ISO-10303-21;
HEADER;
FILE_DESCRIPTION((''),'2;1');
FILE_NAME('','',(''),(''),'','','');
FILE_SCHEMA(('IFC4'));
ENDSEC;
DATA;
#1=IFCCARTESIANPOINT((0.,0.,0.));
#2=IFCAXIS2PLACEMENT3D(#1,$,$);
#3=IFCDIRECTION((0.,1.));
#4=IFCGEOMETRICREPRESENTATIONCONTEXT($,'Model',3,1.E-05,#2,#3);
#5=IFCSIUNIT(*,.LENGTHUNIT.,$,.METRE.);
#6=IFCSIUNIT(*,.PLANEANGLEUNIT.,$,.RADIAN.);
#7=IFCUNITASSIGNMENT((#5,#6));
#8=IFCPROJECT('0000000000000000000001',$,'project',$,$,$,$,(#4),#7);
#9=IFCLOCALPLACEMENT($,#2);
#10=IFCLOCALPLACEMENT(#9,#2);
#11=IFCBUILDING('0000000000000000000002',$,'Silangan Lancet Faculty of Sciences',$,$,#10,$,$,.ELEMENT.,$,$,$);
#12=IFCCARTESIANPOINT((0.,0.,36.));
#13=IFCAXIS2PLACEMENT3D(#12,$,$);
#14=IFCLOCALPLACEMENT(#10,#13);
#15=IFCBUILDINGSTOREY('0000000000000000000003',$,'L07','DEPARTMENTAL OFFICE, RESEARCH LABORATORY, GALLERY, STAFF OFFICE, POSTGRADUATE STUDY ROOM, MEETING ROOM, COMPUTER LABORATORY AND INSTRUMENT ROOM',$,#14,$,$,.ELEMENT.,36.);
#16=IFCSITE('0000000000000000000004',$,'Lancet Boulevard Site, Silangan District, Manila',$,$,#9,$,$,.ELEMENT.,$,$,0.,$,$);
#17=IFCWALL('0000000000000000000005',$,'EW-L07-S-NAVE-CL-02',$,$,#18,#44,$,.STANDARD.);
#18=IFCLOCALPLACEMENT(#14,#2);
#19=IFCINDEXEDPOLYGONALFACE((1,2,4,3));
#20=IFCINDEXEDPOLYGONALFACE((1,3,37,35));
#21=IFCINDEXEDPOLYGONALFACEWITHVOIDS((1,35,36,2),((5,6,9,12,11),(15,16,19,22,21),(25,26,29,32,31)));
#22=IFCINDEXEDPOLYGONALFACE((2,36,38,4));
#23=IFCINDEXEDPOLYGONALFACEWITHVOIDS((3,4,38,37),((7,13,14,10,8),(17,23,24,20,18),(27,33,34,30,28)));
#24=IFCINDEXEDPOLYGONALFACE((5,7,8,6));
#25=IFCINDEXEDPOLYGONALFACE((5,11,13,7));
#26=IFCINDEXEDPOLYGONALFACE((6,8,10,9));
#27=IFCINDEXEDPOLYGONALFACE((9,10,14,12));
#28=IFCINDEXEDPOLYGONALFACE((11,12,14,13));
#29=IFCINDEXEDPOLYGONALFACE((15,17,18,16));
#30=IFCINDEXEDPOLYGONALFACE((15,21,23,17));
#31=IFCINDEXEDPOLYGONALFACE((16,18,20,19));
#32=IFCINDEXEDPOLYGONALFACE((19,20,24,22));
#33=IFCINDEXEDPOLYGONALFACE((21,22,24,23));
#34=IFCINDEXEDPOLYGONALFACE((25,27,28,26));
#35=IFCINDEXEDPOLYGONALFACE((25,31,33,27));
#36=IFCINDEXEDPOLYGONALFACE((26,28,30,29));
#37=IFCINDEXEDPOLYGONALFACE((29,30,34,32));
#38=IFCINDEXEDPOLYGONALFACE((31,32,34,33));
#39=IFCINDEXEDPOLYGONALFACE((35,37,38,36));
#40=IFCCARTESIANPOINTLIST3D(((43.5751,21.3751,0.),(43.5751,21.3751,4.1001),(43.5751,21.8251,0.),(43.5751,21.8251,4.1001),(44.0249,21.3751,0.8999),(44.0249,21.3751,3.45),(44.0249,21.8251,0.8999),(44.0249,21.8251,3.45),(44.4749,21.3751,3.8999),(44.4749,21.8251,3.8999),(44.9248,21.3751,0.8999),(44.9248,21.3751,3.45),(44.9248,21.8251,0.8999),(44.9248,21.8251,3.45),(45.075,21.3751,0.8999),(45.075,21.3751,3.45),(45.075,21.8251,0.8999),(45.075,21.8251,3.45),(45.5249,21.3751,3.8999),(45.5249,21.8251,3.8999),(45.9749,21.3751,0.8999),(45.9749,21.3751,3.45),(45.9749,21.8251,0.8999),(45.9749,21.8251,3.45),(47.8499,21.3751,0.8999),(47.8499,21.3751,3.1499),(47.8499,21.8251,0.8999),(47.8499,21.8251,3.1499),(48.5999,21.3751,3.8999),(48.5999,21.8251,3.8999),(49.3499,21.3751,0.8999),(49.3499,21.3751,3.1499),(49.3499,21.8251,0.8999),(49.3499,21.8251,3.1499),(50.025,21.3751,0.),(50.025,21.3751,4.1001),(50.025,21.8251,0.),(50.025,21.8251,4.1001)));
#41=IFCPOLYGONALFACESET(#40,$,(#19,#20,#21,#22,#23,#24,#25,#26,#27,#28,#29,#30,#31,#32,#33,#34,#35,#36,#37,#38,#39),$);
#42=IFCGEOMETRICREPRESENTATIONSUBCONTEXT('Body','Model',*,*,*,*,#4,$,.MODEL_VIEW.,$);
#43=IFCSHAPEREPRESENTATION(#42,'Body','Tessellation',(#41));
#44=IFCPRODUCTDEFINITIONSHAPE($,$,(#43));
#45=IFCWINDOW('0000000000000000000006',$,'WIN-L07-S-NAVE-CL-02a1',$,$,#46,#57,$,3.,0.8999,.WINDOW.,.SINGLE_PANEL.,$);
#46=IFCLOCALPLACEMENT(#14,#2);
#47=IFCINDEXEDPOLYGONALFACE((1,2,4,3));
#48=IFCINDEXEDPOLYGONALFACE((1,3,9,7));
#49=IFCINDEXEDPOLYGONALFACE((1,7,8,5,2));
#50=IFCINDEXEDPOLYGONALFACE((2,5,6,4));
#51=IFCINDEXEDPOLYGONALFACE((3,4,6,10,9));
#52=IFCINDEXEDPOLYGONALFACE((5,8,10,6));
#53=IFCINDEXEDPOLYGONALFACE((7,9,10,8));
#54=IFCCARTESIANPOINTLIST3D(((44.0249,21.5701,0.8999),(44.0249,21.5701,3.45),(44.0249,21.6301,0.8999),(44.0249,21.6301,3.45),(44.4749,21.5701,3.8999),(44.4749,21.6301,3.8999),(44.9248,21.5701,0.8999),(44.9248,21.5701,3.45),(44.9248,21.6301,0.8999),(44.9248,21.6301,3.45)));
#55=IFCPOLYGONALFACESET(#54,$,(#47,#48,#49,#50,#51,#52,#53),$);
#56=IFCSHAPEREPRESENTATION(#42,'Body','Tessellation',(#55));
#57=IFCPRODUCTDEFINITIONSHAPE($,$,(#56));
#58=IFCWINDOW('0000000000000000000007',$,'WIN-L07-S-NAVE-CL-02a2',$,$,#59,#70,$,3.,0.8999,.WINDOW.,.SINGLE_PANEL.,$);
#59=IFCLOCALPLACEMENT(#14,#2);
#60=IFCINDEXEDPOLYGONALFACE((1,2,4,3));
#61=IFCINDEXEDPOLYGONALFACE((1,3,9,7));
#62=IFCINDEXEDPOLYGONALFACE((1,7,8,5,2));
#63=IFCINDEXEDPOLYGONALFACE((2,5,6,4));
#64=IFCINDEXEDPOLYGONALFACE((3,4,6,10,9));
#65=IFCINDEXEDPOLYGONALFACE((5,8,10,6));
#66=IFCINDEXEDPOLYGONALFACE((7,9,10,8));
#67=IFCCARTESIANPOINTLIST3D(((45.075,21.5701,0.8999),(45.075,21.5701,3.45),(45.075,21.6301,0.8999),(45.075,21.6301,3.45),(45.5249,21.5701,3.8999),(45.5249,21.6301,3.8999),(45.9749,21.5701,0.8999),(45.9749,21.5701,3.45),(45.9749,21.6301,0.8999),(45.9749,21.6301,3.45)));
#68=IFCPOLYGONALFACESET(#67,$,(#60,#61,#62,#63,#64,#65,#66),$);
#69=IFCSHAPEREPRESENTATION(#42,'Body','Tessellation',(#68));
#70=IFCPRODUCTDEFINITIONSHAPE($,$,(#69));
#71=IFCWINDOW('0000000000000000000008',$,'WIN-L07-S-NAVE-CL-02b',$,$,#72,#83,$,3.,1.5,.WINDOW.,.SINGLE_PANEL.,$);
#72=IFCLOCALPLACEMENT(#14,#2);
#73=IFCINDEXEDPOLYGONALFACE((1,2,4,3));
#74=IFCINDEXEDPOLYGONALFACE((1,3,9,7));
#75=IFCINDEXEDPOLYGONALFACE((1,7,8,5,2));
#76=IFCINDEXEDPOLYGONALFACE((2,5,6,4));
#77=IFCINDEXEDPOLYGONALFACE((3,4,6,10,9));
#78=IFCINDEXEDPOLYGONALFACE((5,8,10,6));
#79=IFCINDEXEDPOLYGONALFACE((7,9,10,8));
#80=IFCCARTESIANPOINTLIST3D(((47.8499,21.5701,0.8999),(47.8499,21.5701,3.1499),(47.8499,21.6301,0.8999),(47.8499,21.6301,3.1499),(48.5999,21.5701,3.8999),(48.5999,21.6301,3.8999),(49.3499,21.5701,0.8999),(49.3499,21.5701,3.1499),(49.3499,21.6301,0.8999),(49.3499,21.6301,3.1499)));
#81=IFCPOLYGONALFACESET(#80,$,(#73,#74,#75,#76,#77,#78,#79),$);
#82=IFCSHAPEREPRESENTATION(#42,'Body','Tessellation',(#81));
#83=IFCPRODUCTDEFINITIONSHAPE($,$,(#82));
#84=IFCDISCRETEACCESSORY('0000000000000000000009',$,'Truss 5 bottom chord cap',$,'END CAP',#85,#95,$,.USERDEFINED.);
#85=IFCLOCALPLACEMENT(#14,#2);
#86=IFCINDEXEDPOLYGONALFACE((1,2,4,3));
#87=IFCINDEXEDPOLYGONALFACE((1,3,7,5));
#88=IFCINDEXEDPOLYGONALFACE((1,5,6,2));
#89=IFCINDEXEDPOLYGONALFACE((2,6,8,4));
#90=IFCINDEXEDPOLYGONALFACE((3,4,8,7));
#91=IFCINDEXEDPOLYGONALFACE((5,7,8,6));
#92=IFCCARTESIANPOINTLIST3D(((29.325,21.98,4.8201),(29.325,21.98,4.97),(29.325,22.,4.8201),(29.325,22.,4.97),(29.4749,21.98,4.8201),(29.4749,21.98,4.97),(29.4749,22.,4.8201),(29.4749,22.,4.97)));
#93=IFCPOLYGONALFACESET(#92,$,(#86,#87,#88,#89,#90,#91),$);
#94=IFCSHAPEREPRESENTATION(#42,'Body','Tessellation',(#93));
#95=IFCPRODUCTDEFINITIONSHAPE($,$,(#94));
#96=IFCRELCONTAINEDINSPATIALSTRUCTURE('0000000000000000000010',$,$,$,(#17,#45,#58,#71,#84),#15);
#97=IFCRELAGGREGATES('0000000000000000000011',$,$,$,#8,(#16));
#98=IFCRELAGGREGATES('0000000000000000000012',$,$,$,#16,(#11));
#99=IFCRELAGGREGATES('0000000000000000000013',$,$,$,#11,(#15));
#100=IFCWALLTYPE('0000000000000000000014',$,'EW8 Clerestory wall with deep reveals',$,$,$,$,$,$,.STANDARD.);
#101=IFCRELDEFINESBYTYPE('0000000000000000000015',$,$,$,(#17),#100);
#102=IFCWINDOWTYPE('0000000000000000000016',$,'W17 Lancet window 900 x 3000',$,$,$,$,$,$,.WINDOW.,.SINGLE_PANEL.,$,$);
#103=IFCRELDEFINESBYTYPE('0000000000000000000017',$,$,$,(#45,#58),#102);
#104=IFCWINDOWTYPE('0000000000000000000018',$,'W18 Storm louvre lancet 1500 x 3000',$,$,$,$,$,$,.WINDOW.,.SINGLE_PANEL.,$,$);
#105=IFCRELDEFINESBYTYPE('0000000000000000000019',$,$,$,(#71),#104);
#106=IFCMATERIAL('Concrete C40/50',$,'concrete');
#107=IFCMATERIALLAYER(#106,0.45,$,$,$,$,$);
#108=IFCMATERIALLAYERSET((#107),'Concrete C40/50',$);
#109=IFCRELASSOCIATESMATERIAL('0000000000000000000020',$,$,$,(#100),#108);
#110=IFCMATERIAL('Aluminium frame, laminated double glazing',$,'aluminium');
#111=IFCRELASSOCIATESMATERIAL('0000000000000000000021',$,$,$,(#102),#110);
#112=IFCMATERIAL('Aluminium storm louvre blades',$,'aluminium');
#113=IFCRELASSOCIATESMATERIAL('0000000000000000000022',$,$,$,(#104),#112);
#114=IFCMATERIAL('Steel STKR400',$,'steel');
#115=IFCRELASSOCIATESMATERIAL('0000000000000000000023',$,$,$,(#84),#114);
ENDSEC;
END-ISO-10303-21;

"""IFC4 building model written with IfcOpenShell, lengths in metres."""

from ifc_helpers import new_model, si_unit, direction, frame, frame_2d, origin, origin_2d, place, context, subcontext, project, spatial, polyline, rectangle, outline, extrude, material, layer, layer_set, type_object, element, fill, save


model = new_model("IFC4")

# Units and contexts
model_context = context("Model", 3, precision=1e-05, world=origin(), true_north=direction((0.0, 1.0)))
body_context = subcontext(model_context, "Body", "Model", "MODEL_VIEW")
ifc_project = project(units=[si_unit("LENGTHUNIT", "METRE"), si_unit("PLANEANGLEUNIT", "RADIAN")], contexts=[model_context])

# Site, building, storey
site_placement = place(None, origin())
site = spatial("IfcSite", under=ifc_project, at=site_placement, Name="Lancet Boulevard Site, Silangan District, Manila", CompositionType="ELEMENT", RefElevation=0.0)
building_placement = place(site_placement, origin())
building = spatial("IfcBuilding", under=site, at=building_placement, Name="Silangan Lancet Faculty of Sciences", CompositionType="ELEMENT")
storey_placement = place(building_placement, frame((0.0, 0.0, 36.0)))
storey = spatial("IfcBuildingStorey", under=building, at=storey_placement, Name="L07", Description="DEPARTMENTAL OFFICE, RESEARCH LABORATORY, GALLERY, STAFF OFFICE, POSTGRADUATE STUDY ROOM, MEETING ROOM, COMPUTER LABORATORY AND INSTRUMENT ROOM", CompositionType="ELEMENT", Elevation=36.0)

# Wall, openings, windows
ifc_material_1 = material(Name="Concrete C40/50", Category="concrete")
ifc_layer = layer(ifc_material_1, 0.45)
ifc_layer_set = layer_set([ifc_layer], Name="Concrete C40/50")
wall_type = type_object("IfcWallType", Name="EW8 Clerestory wall with deep reveals", PredefinedType="STANDARD", material=ifc_layer_set)
ifc_material_2 = material(Name="Aluminium frame, laminated double glazing", Category="aluminium")
window_type_1 = type_object("IfcWindowType", Name="W17 Lancet window 900 x 3000", PartitioningType="SINGLE_PANEL", PredefinedType="WINDOW", material=ifc_material_2)
ifc_material_3 = material(Name="Aluminium storm louvre blades", Category="aluminium")
window_type_2 = type_object("IfcWindowType", Name="W18 Storm louvre lancet 1500 x 3000", PartitioningType="SINGLE_PANEL", PredefinedType="WINDOW", material=ifc_material_3)
wall_1_placement = place(storey_placement, frame((43.575, 21.6001, 0.0), z_axis=(0.0, 0.0, 1.0), x_axis=(1.0, 0.0, 0.0)))
wall_1 = element("IfcWall", 1, at=wall_1_placement, inside=storey, type_object=wall_type, Name="EW-L07-S-NAVE-CL-02", PredefinedType="STANDARD", context=body_context, shape_type="SweptSolid", body=[
    extrude(rectangle(XDim=6.45, YDim=0.45, at=frame_2d((3.2251, 0.0))), origin(), (0.0, 0.0, 1.0), 4.1001),
])
opening_1_placement = place(wall_1_placement, frame((0.45, 0.0, 0.8999)))
opening_1 = element("IfcOpeningElement", 2, at=opening_1_placement, cuts=wall_1, PredefinedType="OPENING", context=body_context, shape_type="SweptSolid", body=[
    extrude(outline(polyline([(0.0, 0.0), (0.8999, 0.0), (0.8999, 2.55), (0.45, 3.0), (0.0, 2.55), (0.0, 0.0)])), frame((0.0, 0.2349, 0.0), z_axis=(0.0, -1.0, 0.0), x_axis=(1.0, 0.0, 0.0)), (0.0, 0.0, 1.0), 0.47),
])
opening_2_placement = place(wall_1_placement, frame((1.5, 0.0, 0.8999)))
opening_2 = element("IfcOpeningElement", 3, at=opening_2_placement, cuts=wall_1, PredefinedType="OPENING", context=body_context, shape_type="SweptSolid", body=[
    extrude(outline(polyline([(0.0, 0.0), (0.8999, 0.0), (0.8999, 2.55), (0.45, 3.0), (0.0, 2.55), (0.0, 0.0)])), frame((0.0, 0.2349, 0.0), z_axis=(0.0, -1.0, 0.0), x_axis=(1.0, 0.0, 0.0)), (0.0, 0.0, 1.0), 0.47),
])
opening_3_placement = place(wall_1_placement, frame((4.2749, 0.0, 0.8999)))
opening_3 = element("IfcOpeningElement", 4, at=opening_3_placement, cuts=wall_1, PredefinedType="OPENING", context=body_context, shape_type="SweptSolid", body=[
    extrude(outline(polyline([(0.0, 0.0), (1.5, 0.0), (1.5, 2.25), (0.75, 3.0), (0.0, 2.25), (0.0, 0.0)])), frame((0.0, 0.2349, 0.0), z_axis=(0.0, -1.0, 0.0), x_axis=(1.0, 0.0, 0.0)), (0.0, 0.0, 1.0), 0.47),
])
window_1_placement = place(opening_1_placement, origin())
window_1 = element("IfcWindow", 5, at=window_1_placement, inside=storey, type_object=window_type_1, Name="WIN-L07-S-NAVE-CL-02a1", OverallHeight=3.0, OverallWidth=0.8999, PartitioningType="SINGLE_PANEL", PredefinedType="WINDOW", context=body_context, shape_type="SweptSolid", body=[
    extrude(outline(polyline([(0.0, 0.0), (0.8999, 0.0), (0.8999, 2.55), (0.45, 3.0), (0.0, 2.55), (0.0, 0.0)])), frame((0.0, 0.03, 0.0), z_axis=(0.0, -1.0, 0.0), x_axis=(1.0, 0.0, 0.0)), (0.0, 0.0, 1.0), 0.0601),
])
fill(opening_1, window_1)
window_2_placement = place(opening_2_placement, origin())
window_2 = element("IfcWindow", 6, at=window_2_placement, inside=storey, type_object=window_type_1, Name="WIN-L07-S-NAVE-CL-02a2", OverallHeight=3.0, OverallWidth=0.8999, PartitioningType="SINGLE_PANEL", PredefinedType="WINDOW", context=body_context, shape_type="SweptSolid", body=[
    extrude(outline(polyline([(0.0, 0.0), (0.8999, 0.0), (0.8999, 2.55), (0.45, 3.0), (0.0, 2.55), (0.0, 0.0)])), frame((0.0, 0.03, 0.0), z_axis=(0.0, -1.0, 0.0), x_axis=(1.0, 0.0, 0.0)), (0.0, 0.0, 1.0), 0.0601),
])
fill(opening_2, window_2)
window_3_placement = place(opening_3_placement, origin())
window_3 = element("IfcWindow", 7, at=window_3_placement, inside=storey, type_object=window_type_2, Name="WIN-L07-S-NAVE-CL-02b", OverallHeight=3.0, OverallWidth=1.5, PartitioningType="SINGLE_PANEL", PredefinedType="WINDOW", context=body_context, shape_type="SweptSolid", body=[
    extrude(outline(polyline([(0.0, 0.0), (1.5, 0.0), (1.5, 2.25), (0.75, 3.0), (0.0, 2.25), (0.0, 0.0)])), frame((0.0, 0.03, 0.0), z_axis=(0.0, -1.0, 0.0), x_axis=(1.0, 0.0, 0.0)), (0.0, 0.0, 1.0), 0.0601),
])
fill(opening_3, window_3)

# Discrete accessory
ifc_material_4 = material(Name="Steel STKR400", Category="steel")
discrete_accessory_placement = place(storey_placement, frame((29.3999, 21.99, 4.8201), z_axis=(0.0, 0.0, 1.0), x_axis=(1.0, 0.0, 0.0)))
element("IfcDiscreteAccessory", 8, at=discrete_accessory_placement, inside=storey, material=ifc_material_4, Name="Truss 5 bottom chord cap", ObjectType="END CAP", PredefinedType="USERDEFINED", context=body_context, shape_type="SweptSolid", body=[
    extrude(rectangle(XDim=0.1499, YDim=0.02, at=origin_2d()), origin(), (0.0, 0.0, 1.0), 0.1499),
])

save(model, "model.ifc")
